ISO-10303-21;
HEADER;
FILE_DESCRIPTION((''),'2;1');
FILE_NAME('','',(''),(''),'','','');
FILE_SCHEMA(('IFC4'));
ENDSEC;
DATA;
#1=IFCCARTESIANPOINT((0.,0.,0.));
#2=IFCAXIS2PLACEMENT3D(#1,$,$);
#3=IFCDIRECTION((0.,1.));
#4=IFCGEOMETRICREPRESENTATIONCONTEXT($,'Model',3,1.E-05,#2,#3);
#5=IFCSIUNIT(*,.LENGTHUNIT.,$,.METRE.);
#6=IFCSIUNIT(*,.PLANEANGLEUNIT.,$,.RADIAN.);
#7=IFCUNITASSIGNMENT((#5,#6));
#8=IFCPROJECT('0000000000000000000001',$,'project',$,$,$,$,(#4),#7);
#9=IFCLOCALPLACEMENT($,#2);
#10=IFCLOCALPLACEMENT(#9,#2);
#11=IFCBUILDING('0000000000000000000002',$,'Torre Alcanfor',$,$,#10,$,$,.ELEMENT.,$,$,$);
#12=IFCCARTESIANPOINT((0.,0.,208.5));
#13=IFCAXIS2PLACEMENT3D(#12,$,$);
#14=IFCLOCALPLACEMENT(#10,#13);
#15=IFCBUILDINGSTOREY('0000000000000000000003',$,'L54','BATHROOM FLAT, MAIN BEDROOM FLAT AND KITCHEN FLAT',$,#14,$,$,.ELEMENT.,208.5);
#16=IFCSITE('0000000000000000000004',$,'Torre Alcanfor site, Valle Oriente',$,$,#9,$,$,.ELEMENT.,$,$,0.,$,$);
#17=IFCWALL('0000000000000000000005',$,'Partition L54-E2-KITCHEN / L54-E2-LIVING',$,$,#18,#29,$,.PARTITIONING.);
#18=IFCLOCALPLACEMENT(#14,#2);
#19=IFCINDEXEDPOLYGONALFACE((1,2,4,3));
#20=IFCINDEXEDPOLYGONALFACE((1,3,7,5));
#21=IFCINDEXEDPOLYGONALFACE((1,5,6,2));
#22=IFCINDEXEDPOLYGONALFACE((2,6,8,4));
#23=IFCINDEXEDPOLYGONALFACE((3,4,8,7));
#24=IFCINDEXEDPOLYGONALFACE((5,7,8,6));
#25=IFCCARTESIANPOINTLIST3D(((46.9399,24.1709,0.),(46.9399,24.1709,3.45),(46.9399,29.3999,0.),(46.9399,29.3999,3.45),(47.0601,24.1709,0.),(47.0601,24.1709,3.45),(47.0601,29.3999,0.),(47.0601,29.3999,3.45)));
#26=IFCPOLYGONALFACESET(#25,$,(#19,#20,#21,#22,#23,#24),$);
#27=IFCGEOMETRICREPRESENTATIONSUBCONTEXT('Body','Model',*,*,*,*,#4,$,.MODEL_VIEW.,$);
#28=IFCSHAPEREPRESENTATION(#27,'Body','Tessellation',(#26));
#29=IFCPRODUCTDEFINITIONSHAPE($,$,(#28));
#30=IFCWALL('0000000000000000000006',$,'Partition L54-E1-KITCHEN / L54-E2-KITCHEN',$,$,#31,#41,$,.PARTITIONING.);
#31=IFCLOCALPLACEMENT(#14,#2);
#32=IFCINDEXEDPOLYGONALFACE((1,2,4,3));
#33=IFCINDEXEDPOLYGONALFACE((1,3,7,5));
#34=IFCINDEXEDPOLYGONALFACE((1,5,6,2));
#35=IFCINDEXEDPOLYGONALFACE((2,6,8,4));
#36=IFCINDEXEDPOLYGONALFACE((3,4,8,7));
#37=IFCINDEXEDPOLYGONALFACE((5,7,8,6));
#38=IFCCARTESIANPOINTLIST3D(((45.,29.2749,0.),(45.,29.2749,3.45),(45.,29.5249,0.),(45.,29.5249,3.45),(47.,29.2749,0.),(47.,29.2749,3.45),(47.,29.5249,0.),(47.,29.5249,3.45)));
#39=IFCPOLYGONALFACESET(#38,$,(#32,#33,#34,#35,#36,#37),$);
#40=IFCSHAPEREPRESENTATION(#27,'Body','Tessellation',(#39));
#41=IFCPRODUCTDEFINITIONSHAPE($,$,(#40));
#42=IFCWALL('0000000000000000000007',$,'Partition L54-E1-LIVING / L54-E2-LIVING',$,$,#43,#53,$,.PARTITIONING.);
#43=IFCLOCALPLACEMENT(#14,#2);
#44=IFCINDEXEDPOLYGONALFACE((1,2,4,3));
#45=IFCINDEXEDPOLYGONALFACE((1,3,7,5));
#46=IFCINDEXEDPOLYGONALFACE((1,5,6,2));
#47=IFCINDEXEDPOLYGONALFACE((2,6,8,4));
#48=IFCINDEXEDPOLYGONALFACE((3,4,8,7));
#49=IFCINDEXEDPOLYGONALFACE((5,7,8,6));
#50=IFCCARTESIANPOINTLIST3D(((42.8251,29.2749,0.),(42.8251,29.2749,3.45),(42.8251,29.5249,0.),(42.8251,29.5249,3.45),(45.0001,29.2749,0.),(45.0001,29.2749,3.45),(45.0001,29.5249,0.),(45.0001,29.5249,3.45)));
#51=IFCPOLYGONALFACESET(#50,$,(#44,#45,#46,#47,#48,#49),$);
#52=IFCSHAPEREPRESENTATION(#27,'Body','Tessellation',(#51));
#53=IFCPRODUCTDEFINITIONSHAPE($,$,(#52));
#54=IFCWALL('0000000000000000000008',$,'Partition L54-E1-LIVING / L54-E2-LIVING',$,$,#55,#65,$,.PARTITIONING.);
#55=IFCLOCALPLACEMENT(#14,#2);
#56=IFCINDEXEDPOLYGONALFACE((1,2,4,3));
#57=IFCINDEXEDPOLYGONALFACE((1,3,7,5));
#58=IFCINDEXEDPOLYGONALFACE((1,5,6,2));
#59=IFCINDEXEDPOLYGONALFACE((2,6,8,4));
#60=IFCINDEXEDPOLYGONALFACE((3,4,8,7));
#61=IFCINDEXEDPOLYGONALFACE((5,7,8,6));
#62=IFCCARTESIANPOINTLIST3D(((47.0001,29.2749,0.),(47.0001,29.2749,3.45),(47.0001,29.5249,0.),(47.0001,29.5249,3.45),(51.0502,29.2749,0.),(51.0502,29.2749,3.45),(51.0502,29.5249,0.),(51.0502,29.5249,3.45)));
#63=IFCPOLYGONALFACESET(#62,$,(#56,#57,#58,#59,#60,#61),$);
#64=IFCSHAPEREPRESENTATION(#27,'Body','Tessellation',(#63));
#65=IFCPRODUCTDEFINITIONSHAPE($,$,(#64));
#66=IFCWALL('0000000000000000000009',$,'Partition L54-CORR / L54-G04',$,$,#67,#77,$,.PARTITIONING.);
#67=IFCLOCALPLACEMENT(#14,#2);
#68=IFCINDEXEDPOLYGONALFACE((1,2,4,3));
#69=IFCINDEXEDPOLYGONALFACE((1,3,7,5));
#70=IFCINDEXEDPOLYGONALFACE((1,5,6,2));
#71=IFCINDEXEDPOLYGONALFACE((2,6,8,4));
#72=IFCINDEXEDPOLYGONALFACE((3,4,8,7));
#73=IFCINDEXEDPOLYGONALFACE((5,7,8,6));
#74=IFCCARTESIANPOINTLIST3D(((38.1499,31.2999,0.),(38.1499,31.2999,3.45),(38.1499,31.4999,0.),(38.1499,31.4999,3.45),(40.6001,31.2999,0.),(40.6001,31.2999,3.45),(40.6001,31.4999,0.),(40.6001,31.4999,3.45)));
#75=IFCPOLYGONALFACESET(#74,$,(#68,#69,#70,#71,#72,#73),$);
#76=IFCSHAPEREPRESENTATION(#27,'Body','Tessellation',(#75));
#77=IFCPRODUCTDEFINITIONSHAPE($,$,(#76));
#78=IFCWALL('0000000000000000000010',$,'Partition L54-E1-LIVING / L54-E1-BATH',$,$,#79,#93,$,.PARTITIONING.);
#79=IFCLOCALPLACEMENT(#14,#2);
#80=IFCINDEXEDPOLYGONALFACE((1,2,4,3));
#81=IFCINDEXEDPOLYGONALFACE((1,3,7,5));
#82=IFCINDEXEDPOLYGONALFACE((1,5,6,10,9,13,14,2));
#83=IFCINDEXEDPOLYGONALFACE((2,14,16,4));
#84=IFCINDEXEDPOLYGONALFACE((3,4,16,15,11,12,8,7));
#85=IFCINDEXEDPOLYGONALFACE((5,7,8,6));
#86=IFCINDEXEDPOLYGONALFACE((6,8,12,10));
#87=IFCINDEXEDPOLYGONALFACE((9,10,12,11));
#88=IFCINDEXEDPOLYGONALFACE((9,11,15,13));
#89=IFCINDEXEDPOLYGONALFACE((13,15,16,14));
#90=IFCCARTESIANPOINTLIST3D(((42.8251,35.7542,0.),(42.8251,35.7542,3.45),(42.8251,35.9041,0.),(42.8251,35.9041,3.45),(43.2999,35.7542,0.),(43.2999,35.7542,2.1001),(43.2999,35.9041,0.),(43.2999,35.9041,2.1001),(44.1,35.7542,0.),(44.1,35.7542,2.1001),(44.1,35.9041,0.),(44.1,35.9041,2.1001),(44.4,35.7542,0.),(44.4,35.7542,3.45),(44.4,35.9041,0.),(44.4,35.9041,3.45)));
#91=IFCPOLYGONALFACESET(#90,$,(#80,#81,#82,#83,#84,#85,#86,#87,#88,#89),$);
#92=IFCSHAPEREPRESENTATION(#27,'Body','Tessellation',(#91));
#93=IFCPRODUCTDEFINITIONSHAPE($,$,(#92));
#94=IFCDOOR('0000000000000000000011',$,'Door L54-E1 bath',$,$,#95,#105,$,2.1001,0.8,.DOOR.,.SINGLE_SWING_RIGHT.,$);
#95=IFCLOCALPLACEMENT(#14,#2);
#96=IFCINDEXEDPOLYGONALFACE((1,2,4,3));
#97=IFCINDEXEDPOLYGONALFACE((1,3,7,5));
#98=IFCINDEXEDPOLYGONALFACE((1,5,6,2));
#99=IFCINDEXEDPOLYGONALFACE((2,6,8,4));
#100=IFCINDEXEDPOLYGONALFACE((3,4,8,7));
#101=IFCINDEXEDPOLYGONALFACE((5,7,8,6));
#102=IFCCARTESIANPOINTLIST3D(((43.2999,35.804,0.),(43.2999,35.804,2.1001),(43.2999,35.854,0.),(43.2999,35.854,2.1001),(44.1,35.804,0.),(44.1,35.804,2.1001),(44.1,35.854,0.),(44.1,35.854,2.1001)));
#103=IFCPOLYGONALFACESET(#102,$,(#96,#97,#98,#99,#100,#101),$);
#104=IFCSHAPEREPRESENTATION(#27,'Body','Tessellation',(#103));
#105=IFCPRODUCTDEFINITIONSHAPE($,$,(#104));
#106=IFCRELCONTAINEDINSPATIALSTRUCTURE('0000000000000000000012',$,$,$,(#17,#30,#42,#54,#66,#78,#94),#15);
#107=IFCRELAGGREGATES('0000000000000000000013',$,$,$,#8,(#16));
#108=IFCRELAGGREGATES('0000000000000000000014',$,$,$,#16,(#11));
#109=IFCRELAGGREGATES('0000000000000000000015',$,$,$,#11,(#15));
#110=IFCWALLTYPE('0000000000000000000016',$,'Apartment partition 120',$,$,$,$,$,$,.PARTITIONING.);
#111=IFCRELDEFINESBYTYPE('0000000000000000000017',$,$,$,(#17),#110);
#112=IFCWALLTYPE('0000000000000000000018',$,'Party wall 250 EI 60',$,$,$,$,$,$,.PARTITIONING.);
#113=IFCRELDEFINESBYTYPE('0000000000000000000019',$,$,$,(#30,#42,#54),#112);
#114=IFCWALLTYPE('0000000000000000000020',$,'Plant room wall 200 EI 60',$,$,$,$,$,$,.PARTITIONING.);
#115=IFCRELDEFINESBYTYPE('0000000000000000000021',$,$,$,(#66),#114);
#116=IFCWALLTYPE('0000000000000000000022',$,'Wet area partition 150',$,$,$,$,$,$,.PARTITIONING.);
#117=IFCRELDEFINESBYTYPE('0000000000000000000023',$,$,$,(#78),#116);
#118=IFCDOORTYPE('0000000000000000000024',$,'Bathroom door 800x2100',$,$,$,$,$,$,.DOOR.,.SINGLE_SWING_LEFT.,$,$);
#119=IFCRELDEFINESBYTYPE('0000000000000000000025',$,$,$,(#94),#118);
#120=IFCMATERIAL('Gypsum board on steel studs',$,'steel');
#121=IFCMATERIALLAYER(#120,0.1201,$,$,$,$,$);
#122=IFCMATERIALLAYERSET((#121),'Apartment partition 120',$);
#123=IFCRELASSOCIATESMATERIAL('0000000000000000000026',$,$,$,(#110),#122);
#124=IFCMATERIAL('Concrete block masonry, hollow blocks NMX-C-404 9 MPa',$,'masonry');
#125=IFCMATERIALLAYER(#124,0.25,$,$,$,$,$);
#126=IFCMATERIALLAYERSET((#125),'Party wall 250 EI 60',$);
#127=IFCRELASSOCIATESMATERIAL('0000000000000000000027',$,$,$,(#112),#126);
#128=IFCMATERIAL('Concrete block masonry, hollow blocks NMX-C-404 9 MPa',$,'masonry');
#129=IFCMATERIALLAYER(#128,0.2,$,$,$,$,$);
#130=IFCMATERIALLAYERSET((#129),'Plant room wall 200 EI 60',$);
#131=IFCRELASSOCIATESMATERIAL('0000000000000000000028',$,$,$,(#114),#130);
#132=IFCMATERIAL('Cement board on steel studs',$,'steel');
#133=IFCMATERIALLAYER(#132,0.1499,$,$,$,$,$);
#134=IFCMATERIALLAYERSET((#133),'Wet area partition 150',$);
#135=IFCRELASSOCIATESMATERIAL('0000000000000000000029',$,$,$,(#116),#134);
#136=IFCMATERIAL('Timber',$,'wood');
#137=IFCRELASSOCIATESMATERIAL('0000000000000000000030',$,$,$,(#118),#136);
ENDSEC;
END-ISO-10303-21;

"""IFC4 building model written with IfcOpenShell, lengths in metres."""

from ifc_helpers import new_model, si_unit, direction, frame, frame_2d, origin, place, context, subcontext, project, spatial, rectangle, extrude, material, layer, layer_set, type_object, element, fill, save


model = new_model("IFC4")

# Units and contexts
model_context = context("Model", 3, precision=1e-05, world=origin(), true_north=direction((0.0, 1.0)))
body_context = subcontext(model_context, "Body", "Model", "MODEL_VIEW")
ifc_project = project(units=[si_unit("LENGTHUNIT", "METRE"), si_unit("PLANEANGLEUNIT", "RADIAN")], contexts=[model_context])

# Site, building, storey
site_placement = place(None, origin())
site = spatial("IfcSite", under=ifc_project, at=site_placement, Name="Torre Alcanfor site, Valle Oriente", CompositionType="ELEMENT", RefElevation=0.0)
building_placement = place(site_placement, origin())
building = spatial("IfcBuilding", under=site, at=building_placement, Name="Torre Alcanfor", CompositionType="ELEMENT")
storey_placement = place(building_placement, frame((0.0, 0.0, 208.5)))
storey = spatial("IfcBuildingStorey", under=building, at=storey_placement, Name="L54", Description="BATHROOM FLAT, MAIN BEDROOM FLAT AND KITCHEN FLAT", CompositionType="ELEMENT", Elevation=208.5)

# Shared definitions
ifc_material_1 = material(Name="Gypsum board on steel studs", Category="steel")
ifc_layer_1 = layer(ifc_material_1, 0.1201)
ifc_layer_set_1 = layer_set([ifc_layer_1], Name="Apartment partition 120")
wall_type_1 = type_object("IfcWallType", Name="Apartment partition 120", PredefinedType="PARTITIONING", material=ifc_layer_set_1)

# Walls
wall_1_placement = place(storey_placement, frame((47.0, 29.3999, 0.0), z_axis=(0.0, 0.0, 1.0), x_axis=(0.0, -1.0, 0.0)))
element("IfcWall", 1, at=wall_1_placement, inside=storey, type_object=wall_type_1, Name="Partition L54-E2-KITCHEN / L54-E2-LIVING", PredefinedType="PARTITIONING", context=body_context, shape_type="SweptSolid", body=[
    extrude(rectangle(XDim=5.229, YDim=0.1201, at=frame_2d((2.6145, 0.0))), origin(), (0.0, 0.0, 1.0), 3.45),
])
ifc_material_2 = material(Name="Concrete block masonry, hollow blocks NMX-C-404 9 MPa", Category="masonry")
ifc_layer_2 = layer(ifc_material_2, 0.25)
ifc_layer_set_2 = layer_set([ifc_layer_2], Name="Party wall 250 EI 60")
wall_type_2 = type_object("IfcWallType", Name="Party wall 250 EI 60", PredefinedType="PARTITIONING", material=ifc_layer_set_2)
wall_2_placement = place(storey_placement, frame((45.0, 29.3999, 0.0), z_axis=(0.0, 0.0, 1.0), x_axis=(1.0, 0.0, 0.0)))
element("IfcWall", 2, at=wall_2_placement, inside=storey, type_object=wall_type_2, Name="Partition L54-E1-KITCHEN / L54-E2-KITCHEN", PredefinedType="PARTITIONING", context=body_context, shape_type="SweptSolid", body=[
    extrude(rectangle(XDim=2.0, YDim=0.25, at=frame_2d((1.0, 0.0))), origin(), (0.0, 0.0, 1.0), 3.45),
])
wall_3_placement = place(storey_placement, frame((45.0, 29.3999, 0.0), z_axis=(0.0, 0.0, 1.0), x_axis=(-1.0, 0.0, 0.0)))
element("IfcWall", 3, at=wall_3_placement, inside=storey, type_object=wall_type_2, Name="Partition L54-E1-LIVING / L54-E2-LIVING", PredefinedType="PARTITIONING", context=body_context, shape_type="SweptSolid", body=[
    extrude(rectangle(XDim=2.175, YDim=0.25, at=frame_2d((1.0874, 0.0))), origin(), (0.0, 0.0, 1.0), 3.45),
])
wall_4_placement = place(storey_placement, frame((51.05, 29.3999, 0.0), z_axis=(0.0, 0.0, 1.0), x_axis=(-1.0, 0.0, 0.0)))
element("IfcWall", 4, at=wall_4_placement, inside=storey, type_object=wall_type_2, Name="Partition L54-E1-LIVING / L54-E2-LIVING", PredefinedType="PARTITIONING", context=body_context, shape_type="SweptSolid", body=[
    extrude(rectangle(XDim=4.05, YDim=0.25, at=frame_2d((2.0249, 0.0))), origin(), (0.0, 0.0, 1.0), 3.45),
])
ifc_material_3 = material(Name="Concrete block masonry, hollow blocks NMX-C-404 9 MPa", Category="masonry")
ifc_layer_3 = layer(ifc_material_3, 0.2)
ifc_layer_set_3 = layer_set([ifc_layer_3], Name="Plant room wall 200 EI 60")
wall_type_3 = type_object("IfcWallType", Name="Plant room wall 200 EI 60", PredefinedType="PARTITIONING", material=ifc_layer_set_3)
wall_5_placement = place(storey_placement, frame((40.6001, 31.3999, 0.0), z_axis=(0.0, 0.0, 1.0), x_axis=(-1.0, 0.0, 0.0)))
element("IfcWall", 5, at=wall_5_placement, inside=storey, type_object=wall_type_3, Name="Partition L54-CORR / L54-G04", PredefinedType="PARTITIONING", context=body_context, shape_type="SweptSolid", body=[
    extrude(rectangle(XDim=2.4502, YDim=0.2, at=frame_2d((1.2251, 0.0))), origin(), (0.0, 0.0, 1.0), 3.45),
])

# Wall, opening, door
ifc_material_4 = material(Name="Cement board on steel studs", Category="steel")
ifc_layer_4 = layer(ifc_material_4, 0.1499)
ifc_layer_set_4 = layer_set([ifc_layer_4], Name="Wet area partition 150")
wall_type_4 = type_object("IfcWallType", Name="Wet area partition 150", PredefinedType="PARTITIONING", material=ifc_layer_set_4)
wall_6_placement = place(storey_placement, frame((42.825, 35.8291, 0.0), z_axis=(0.0, 0.0, 1.0), x_axis=(1.0, 0.0, 0.0)))
wall_6 = element("IfcWall", 6, at=wall_6_placement, inside=storey, type_object=wall_type_4, Name="Partition L54-E1-LIVING / L54-E1-BATH", PredefinedType="PARTITIONING", context=body_context, shape_type="SweptSolid", body=[
    extrude(rectangle(XDim=1.575, YDim=0.1499, at=frame_2d((0.7876, 0.0))), origin(), (0.0, 0.0, 1.0), 3.45),
])
opening_1_placement = place(wall_6_placement, frame((0.4751, 0.0, 0.0)))
opening_1 = element("IfcOpeningElement", 7, at=opening_1_placement, cuts=wall_6, PredefinedType="OPENING", context=body_context, shape_type="SweptSolid", body=[
    extrude(rectangle(XDim=0.8, YDim=2.1001, at=frame_2d((0.3999, 1.05))), frame((0.0, 0.085, 0.0), z_axis=(0.0, -1.0, 0.0), x_axis=(1.0, 0.0, 0.0)), (0.0, 0.0, 1.0), 0.1699),
])
ifc_material_5 = material(Name="Timber", Category="wood")
door_type_1 = type_object("IfcDoorType", Name="Bathroom door 800x2100", OperationType="SINGLE_SWING_LEFT", PredefinedType="DOOR", material=ifc_material_5)
door_1_placement = place(opening_1_placement, origin())
door_1 = element("IfcDoor", 8, at=door_1_placement, inside=storey, type_object=door_type_1, Name="Door L54-E1 bath", OperationType="SINGLE_SWING_RIGHT", OverallHeight=2.1001, OverallWidth=0.8, PredefinedType="DOOR", context=body_context, shape_type="SweptSolid", body=[
    extrude(rectangle(XDim=0.8, YDim=2.1001, at=frame_2d((0.3999, 1.05))), frame((0.0, 0.0249, 0.0), z_axis=(0.0, -1.0, 0.0), x_axis=(1.0, 0.0, 0.0)), (0.0, 0.0, 1.0), 0.05),
])
fill(opening_1, door_1)

save(model, "model.ifc")
